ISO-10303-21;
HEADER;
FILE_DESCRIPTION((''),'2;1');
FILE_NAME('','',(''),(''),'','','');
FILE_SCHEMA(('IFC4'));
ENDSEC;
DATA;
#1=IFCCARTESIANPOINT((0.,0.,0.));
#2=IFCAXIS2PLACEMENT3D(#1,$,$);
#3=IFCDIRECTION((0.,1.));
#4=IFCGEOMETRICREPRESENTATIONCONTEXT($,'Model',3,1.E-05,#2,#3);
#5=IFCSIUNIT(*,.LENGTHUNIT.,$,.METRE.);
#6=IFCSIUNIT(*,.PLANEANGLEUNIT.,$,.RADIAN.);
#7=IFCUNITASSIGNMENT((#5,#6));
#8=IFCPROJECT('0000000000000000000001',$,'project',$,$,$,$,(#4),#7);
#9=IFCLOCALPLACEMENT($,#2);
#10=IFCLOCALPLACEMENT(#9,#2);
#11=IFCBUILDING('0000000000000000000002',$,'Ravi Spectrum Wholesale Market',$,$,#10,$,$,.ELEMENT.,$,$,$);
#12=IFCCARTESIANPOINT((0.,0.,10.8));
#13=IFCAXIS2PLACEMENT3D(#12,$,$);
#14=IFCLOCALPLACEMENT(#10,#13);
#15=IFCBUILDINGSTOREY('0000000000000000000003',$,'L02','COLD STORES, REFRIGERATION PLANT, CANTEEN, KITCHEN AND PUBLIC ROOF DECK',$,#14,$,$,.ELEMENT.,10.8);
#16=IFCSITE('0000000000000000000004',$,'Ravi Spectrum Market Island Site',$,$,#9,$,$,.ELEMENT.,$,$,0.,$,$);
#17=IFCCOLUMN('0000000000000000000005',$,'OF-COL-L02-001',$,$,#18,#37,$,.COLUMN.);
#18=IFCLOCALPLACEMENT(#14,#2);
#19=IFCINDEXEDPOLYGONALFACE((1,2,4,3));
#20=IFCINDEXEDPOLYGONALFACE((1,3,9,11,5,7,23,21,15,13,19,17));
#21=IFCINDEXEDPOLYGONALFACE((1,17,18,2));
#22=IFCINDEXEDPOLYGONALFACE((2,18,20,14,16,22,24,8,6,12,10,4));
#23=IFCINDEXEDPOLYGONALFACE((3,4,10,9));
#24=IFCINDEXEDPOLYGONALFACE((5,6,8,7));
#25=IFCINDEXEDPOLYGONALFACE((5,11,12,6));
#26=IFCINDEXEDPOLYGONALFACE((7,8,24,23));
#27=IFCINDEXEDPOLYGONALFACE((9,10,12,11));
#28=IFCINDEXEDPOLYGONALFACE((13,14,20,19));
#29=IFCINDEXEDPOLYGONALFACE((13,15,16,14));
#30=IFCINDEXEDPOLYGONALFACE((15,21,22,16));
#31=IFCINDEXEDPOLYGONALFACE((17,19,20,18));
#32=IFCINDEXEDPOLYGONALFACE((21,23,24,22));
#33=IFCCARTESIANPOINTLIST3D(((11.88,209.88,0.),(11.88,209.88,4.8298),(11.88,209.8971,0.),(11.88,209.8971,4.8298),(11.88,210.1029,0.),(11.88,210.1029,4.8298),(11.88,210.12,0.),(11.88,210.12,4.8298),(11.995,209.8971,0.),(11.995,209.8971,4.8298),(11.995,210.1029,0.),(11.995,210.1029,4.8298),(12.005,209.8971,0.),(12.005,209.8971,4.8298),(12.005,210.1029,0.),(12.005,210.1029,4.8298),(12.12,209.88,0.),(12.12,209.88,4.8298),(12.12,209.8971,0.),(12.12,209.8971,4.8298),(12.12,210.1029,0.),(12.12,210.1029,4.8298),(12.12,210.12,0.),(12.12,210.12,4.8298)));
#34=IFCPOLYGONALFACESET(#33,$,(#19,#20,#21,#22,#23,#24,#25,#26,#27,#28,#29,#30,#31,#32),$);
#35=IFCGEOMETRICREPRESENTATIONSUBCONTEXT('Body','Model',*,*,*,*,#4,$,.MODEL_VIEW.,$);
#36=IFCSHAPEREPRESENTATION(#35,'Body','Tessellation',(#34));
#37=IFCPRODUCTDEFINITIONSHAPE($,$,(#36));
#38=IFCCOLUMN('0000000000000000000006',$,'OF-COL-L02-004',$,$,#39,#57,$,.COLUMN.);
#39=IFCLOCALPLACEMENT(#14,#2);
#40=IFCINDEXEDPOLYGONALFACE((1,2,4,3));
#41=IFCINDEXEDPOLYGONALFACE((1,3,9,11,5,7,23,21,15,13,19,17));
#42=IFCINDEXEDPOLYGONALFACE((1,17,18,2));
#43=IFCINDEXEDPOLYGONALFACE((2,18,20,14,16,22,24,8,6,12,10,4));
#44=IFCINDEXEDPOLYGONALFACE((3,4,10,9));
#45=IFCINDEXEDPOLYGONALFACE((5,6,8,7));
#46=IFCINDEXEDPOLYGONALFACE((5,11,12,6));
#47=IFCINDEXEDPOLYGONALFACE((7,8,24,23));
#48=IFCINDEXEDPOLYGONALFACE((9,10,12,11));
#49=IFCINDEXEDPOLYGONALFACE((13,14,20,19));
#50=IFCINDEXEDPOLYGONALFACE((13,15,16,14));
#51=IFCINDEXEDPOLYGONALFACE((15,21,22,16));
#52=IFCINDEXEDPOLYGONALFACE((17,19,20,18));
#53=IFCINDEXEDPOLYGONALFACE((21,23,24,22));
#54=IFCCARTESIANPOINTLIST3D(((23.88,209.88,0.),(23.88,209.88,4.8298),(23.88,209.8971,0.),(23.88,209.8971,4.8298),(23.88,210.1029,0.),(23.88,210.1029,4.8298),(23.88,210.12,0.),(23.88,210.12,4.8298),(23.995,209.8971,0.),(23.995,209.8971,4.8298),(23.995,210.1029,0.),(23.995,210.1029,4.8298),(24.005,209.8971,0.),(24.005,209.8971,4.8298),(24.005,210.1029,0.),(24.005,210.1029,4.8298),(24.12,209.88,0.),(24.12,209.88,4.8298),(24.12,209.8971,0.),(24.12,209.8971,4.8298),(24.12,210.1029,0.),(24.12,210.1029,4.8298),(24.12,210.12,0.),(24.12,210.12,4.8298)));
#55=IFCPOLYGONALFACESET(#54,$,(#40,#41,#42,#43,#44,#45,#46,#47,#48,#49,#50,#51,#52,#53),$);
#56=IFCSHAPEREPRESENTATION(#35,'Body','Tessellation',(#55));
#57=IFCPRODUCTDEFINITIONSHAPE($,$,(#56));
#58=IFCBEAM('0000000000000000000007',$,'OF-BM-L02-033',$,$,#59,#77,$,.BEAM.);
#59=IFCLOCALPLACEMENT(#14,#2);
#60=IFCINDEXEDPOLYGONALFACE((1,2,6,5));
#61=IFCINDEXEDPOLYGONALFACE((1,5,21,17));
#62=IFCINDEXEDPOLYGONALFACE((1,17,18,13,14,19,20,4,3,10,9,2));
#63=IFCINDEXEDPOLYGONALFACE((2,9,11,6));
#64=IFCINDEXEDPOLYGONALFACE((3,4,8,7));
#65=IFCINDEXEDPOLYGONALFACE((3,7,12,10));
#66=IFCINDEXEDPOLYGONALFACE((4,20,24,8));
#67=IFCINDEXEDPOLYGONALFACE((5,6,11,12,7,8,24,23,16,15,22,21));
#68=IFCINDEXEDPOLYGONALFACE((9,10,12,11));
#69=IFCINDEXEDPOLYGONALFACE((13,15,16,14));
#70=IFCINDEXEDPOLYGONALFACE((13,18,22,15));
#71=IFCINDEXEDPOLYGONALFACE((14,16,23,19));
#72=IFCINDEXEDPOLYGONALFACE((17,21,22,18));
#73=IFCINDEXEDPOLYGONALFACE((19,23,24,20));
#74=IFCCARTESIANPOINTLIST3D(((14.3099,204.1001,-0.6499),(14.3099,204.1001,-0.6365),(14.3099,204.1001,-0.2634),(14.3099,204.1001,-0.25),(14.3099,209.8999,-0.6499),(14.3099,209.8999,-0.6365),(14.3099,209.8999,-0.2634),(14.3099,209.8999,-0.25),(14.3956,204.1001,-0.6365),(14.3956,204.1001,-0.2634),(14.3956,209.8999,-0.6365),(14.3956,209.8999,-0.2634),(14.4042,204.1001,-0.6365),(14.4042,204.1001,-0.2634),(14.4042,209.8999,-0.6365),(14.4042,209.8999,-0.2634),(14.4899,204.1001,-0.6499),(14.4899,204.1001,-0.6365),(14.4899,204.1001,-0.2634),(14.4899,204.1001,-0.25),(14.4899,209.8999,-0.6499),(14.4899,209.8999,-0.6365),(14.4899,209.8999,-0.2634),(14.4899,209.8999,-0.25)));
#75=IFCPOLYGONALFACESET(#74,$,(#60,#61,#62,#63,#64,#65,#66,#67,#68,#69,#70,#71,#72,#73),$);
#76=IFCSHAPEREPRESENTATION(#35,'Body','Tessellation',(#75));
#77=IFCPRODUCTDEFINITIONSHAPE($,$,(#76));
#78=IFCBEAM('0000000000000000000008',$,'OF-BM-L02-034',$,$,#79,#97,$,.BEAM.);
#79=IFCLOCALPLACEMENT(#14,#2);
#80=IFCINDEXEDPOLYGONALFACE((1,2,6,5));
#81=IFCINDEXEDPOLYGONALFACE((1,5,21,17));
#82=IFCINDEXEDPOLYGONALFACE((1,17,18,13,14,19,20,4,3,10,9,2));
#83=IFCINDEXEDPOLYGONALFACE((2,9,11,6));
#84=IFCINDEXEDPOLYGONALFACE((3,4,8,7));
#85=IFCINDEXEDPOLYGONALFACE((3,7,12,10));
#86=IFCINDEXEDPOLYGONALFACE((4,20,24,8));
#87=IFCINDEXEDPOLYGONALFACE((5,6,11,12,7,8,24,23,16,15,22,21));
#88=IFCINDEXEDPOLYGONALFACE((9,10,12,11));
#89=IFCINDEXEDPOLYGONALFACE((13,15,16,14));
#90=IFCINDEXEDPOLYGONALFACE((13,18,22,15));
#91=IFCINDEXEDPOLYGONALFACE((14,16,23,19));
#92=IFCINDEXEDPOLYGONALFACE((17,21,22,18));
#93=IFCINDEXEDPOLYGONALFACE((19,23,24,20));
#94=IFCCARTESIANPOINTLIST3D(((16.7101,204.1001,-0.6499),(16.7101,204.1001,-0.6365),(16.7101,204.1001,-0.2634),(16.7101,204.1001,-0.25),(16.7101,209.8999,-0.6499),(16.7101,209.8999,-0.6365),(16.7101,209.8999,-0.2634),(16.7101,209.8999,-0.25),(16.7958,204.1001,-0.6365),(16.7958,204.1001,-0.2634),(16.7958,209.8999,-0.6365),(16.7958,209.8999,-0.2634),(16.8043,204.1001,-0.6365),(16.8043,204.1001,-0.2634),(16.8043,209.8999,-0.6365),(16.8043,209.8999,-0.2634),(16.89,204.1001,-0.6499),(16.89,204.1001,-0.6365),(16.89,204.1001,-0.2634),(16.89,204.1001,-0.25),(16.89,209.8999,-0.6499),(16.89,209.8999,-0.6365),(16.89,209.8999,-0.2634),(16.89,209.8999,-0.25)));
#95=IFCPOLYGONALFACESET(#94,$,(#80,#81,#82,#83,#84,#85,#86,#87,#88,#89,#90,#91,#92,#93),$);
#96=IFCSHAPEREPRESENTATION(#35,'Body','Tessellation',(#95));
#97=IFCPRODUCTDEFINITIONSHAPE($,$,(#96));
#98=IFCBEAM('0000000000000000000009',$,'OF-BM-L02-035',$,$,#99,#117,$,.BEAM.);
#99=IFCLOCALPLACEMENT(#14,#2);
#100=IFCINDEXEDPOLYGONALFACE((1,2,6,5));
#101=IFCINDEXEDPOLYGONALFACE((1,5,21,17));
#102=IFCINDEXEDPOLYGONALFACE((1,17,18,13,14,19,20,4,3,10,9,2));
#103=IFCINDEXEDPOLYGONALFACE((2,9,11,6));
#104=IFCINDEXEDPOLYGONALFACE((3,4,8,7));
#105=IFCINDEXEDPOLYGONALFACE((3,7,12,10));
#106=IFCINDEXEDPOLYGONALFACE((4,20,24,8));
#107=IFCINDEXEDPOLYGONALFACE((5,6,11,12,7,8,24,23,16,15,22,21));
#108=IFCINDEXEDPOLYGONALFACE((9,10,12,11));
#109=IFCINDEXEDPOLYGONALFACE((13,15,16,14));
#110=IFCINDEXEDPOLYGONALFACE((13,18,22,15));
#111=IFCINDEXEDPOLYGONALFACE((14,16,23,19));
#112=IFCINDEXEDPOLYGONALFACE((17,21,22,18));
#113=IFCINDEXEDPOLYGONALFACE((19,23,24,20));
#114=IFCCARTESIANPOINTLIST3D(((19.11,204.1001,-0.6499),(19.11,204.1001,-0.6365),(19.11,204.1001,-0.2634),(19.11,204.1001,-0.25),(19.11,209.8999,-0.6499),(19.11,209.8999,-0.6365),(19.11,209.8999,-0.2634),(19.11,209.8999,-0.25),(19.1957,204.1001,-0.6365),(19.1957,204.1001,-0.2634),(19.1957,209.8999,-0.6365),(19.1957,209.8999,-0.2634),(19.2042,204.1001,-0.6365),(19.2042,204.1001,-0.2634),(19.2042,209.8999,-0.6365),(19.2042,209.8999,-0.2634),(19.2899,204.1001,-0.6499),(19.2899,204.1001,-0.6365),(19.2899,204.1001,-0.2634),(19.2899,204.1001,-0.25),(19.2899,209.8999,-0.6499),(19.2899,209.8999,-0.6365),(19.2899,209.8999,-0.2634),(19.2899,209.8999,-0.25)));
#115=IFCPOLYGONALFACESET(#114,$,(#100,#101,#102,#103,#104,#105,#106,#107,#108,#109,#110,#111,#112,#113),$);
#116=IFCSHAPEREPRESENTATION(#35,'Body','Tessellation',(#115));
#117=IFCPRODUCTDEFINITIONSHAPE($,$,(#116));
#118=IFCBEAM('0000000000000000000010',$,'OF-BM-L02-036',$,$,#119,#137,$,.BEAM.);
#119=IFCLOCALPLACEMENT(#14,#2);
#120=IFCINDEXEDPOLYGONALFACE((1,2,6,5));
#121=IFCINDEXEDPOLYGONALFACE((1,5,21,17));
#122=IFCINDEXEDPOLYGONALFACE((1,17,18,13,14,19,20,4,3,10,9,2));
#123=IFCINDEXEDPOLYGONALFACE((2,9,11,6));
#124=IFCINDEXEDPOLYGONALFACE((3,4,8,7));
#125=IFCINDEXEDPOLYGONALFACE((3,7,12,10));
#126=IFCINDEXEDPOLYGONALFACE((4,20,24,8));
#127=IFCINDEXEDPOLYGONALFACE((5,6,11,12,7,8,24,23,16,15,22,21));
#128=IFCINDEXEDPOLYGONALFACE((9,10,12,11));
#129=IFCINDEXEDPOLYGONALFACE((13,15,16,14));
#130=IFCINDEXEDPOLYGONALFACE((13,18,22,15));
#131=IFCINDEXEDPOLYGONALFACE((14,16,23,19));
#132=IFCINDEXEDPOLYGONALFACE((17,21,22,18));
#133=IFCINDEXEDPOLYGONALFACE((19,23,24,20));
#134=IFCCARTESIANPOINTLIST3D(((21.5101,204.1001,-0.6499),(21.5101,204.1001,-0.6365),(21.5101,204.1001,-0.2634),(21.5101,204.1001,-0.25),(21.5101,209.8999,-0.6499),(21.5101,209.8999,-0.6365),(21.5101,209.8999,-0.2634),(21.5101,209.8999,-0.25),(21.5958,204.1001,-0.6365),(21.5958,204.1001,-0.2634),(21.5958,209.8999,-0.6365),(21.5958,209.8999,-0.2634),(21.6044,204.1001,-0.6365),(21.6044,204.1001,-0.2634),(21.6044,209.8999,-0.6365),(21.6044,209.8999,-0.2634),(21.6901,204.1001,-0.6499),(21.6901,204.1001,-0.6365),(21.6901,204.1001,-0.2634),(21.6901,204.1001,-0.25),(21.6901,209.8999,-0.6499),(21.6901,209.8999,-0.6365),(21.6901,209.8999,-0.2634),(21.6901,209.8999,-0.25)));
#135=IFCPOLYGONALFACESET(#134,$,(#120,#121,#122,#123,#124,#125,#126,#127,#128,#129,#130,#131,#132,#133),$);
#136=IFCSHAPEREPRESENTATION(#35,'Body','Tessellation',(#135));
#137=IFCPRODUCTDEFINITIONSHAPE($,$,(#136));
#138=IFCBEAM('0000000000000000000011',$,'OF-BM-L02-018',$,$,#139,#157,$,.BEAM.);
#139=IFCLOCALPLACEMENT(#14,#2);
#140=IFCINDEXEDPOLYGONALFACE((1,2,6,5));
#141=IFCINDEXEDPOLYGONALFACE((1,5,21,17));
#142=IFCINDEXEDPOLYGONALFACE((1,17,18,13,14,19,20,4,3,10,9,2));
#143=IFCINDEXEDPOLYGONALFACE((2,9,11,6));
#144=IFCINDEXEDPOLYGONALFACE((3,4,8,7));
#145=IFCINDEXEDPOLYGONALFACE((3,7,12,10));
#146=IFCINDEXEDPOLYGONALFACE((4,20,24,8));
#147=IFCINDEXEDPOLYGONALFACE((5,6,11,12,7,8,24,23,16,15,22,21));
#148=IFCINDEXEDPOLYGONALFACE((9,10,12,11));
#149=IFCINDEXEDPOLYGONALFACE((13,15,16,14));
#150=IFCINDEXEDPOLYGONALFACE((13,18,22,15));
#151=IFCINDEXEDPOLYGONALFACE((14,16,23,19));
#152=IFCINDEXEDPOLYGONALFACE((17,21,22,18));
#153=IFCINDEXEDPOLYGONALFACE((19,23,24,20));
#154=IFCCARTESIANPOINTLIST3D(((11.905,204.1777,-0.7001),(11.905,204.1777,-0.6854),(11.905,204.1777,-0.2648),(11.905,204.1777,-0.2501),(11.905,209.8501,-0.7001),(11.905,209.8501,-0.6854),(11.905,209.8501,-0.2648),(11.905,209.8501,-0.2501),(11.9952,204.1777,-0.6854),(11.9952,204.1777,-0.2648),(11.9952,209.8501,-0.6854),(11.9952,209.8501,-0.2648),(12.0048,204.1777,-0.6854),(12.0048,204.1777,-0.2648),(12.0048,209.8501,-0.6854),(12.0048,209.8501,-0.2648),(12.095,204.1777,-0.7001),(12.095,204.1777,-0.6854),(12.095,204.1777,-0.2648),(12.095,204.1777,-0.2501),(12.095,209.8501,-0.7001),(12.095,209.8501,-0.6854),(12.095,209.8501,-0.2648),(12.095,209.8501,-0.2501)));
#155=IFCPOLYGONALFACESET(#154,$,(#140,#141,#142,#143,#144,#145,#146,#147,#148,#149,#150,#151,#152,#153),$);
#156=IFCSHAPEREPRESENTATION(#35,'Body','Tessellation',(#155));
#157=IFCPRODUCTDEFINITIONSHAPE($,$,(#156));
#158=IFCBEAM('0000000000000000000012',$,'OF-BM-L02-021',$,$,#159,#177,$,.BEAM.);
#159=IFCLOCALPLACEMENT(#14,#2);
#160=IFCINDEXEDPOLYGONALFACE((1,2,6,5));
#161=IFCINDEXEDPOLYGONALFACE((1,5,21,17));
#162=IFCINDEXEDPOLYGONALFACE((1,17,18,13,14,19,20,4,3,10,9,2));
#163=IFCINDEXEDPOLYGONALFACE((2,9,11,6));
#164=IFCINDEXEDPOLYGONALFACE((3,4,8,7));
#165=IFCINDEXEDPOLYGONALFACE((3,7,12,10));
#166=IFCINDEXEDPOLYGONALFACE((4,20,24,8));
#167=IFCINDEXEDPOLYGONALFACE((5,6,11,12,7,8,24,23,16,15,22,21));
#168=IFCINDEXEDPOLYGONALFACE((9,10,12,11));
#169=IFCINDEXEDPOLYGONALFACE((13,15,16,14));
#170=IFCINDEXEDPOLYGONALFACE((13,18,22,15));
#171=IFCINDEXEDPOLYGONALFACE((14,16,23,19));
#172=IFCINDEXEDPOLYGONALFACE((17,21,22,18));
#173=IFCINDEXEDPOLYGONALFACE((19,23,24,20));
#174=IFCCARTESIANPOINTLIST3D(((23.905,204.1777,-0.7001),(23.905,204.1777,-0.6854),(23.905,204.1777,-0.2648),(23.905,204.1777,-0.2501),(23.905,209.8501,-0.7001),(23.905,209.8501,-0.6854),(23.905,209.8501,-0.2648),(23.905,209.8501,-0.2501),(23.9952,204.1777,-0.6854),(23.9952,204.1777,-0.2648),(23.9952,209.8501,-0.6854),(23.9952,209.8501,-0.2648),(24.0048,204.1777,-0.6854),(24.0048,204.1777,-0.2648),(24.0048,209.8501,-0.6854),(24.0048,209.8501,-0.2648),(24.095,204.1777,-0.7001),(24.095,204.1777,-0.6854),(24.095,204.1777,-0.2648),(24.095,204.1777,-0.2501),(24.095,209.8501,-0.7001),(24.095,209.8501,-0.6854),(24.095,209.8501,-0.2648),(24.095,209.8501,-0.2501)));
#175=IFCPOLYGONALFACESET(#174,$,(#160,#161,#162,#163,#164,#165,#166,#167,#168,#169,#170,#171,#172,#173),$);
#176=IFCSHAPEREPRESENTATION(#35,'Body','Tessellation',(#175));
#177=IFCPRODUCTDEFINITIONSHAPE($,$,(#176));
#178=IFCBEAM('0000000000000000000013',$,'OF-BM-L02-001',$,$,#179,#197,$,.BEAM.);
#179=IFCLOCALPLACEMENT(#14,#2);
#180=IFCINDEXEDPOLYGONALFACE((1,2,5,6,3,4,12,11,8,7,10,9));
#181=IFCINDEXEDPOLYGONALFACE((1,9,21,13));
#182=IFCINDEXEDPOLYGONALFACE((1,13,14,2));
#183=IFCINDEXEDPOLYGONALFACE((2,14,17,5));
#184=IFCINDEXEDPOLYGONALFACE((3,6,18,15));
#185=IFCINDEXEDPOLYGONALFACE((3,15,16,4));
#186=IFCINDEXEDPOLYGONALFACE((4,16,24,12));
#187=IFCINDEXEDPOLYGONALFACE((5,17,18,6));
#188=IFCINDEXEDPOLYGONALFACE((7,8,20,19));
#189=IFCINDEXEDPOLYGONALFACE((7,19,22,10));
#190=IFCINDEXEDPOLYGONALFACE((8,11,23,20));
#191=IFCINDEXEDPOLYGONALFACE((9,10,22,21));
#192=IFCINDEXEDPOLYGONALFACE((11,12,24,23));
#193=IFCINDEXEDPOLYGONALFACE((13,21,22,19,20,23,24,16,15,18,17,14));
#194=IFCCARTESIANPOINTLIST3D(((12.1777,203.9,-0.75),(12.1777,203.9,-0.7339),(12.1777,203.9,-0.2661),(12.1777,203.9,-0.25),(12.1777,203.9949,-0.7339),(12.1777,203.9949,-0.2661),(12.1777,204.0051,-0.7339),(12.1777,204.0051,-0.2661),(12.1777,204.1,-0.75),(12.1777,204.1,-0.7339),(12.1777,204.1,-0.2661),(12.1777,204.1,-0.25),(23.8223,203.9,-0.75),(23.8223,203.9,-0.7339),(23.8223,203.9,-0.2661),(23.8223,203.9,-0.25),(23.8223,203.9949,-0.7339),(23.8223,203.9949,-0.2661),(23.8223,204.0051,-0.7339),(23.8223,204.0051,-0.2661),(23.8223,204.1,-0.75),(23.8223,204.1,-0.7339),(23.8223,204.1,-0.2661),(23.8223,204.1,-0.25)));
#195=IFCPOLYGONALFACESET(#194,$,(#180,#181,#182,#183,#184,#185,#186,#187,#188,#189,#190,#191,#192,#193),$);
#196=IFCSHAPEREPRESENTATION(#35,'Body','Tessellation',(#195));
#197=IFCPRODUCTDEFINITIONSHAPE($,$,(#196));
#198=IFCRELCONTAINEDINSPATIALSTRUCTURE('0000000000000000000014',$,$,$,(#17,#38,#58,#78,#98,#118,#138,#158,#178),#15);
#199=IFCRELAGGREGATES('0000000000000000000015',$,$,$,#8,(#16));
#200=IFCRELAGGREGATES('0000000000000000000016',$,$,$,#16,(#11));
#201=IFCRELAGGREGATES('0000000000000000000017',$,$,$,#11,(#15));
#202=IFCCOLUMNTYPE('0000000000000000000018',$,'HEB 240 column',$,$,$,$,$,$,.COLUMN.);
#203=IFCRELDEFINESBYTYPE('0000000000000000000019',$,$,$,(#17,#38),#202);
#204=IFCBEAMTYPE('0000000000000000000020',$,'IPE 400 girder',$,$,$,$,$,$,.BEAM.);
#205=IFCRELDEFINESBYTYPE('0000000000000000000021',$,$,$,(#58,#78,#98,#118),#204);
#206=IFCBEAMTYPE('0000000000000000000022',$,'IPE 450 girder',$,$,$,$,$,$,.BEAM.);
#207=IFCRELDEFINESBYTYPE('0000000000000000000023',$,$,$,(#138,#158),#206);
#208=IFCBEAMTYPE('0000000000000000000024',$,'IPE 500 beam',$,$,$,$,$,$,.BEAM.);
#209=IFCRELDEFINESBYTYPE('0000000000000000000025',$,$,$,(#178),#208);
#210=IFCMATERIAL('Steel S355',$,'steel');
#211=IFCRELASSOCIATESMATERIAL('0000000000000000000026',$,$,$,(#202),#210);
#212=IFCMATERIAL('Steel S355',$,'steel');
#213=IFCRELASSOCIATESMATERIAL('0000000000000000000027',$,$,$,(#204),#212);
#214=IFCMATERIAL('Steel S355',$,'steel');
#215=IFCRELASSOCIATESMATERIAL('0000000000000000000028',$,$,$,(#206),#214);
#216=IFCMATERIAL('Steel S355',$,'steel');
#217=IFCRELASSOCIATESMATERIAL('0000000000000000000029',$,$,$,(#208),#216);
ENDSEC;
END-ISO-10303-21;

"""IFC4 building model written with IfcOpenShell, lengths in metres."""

from ifc_helpers import new_model, si_unit, direction, frame, origin, origin_2d, place, context, subcontext, project, spatial, i_section, extrude, material, material_profile, profile_set, type_object, element, save


model = new_model("IFC4")

# Units and contexts
model_context = context("Model", 3, precision=1e-05, world=origin(), true_north=direction((0.0, 1.0)))
body_context = subcontext(model_context, "Body", "Model", "MODEL_VIEW")
ifc_project = project(units=[si_unit("LENGTHUNIT", "METRE"), si_unit("PLANEANGLEUNIT", "RADIAN")], contexts=[model_context])

# Site, building, storey
site_placement = place(None, origin())
site = spatial("IfcSite", under=ifc_project, at=site_placement, Name="Ravi Spectrum Market Island Site", CompositionType="ELEMENT", RefElevation=0.0)
building_placement = place(site_placement, origin())
building = spatial("IfcBuilding", under=site, at=building_placement, Name="Ravi Spectrum Wholesale Market", CompositionType="ELEMENT")
storey_placement = place(building_placement, frame((0.0, 0.0, 10.8)))
storey = spatial("IfcBuildingStorey", under=building, at=storey_placement, Name="L02", Description="COLD STORES, REFRIGERATION PLANT, CANTEEN, KITCHEN AND PUBLIC ROOF DECK", CompositionType="ELEMENT", Elevation=10.8)

# Columns
ifc_material_1 = material(Name="Steel S355", Category="steel")
ifc_material_profile_1 = material_profile(ifc_material_1, i_section(OverallWidth=0.24, OverallDepth=0.24, WebThickness=0.01, FlangeThickness=0.0171, at=origin_2d()))
ifc_profile_set_1 = profile_set([ifc_material_profile_1], Name="Steel S355")
column_type = type_object("IfcColumnType", Name="HEB 240 column", PredefinedType="COLUMN", material=ifc_profile_set_1)
for number, where, z_axis, x_axis, name in (
    (1, (12.0, 210.0, 0.0), (0.0, 0.0, 1.0), (1.0, 0.0, 0.0), "OF-COL-L02-001"),
    (2, (24.0, 210.0, 0.0), (0.0, 0.0, 1.0), (1.0, 0.0, 0.0), "OF-COL-L02-004"),
):
    element("IfcColumn", number, at=place(storey_placement, frame(where, z_axis=z_axis, x_axis=x_axis)), inside=storey, type_object=column_type, Name=name, PredefinedType="COLUMN", context=body_context, shape_type="SweptSolid", body=[
        extrude(i_section(OverallWidth=0.24, OverallDepth=0.24, WebThickness=0.01, FlangeThickness=0.0171, at=origin_2d()), origin(), (0.0, 0.0, 1.0), 4.8298),
    ])

# Beams
ifc_material_2 = material(Name="Steel S355", Category="steel")
ifc_material_profile_2 = material_profile(ifc_material_2, i_section(OverallWidth=0.1799, OverallDepth=0.3999, WebThickness=0.0085, FlangeThickness=0.0134, at=origin_2d()))
ifc_profile_set_2 = profile_set([ifc_material_profile_2], Name="Steel S355")
beam_type_1 = type_object("IfcBeamType", Name="IPE 400 girder", PredefinedType="BEAM", material=ifc_profile_set_2)
for number, where, z_axis, x_axis, name in (
    (3, (14.3999, 204.1001, -0.45), (0.0, 1.0, 0.0), (-1.0, 0.0, 0.0), "OF-BM-L02-033"),
    (4, (16.8, 204.1001, -0.45), (0.0, 1.0, 0.0), (-1.0, 0.0, 0.0), "OF-BM-L02-034"),
    (5, (19.2, 204.1001, -0.45), (0.0, 1.0, 0.0), (-1.0, 0.0, 0.0), "OF-BM-L02-035"),
    (6, (21.6001, 204.1001, -0.45), (0.0, 1.0, 0.0), (-1.0, 0.0, 0.0), "OF-BM-L02-036"),
):
    element("IfcBeam", number, at=place(storey_placement, frame(where, z_axis=z_axis, x_axis=x_axis)), inside=storey, type_object=beam_type_1, Name=name, PredefinedType="BEAM", context=body_context, shape_type="SweptSolid", body=[
        extrude(i_section(OverallWidth=0.1799, OverallDepth=0.3999, WebThickness=0.0085, FlangeThickness=0.0134, at=origin_2d()), origin(), (0.0, 0.0, 1.0), 5.7998),
    ])
ifc_material_3 = material(Name="Steel S355", Category="steel")
ifc_material_profile_3 = material_profile(ifc_material_3, i_section(OverallWidth=0.1899, OverallDepth=0.45, WebThickness=0.0095, FlangeThickness=0.0146, at=origin_2d()))
ifc_profile_set_3 = profile_set([ifc_material_profile_3], Name="Steel S355")
beam_type_2 = type_object("IfcBeamType", Name="IPE 450 girder", PredefinedType="BEAM", material=ifc_profile_set_3)
for number, where, z_axis, x_axis, name in (
    (7, (12.0, 204.1777, -0.4751), (0.0, 1.0, 0.0), (-1.0, 0.0, 0.0), "OF-BM-L02-018"),
    (8, (24.0, 204.1777, -0.4751), (0.0, 1.0, 0.0), (-1.0, 0.0, 0.0), "OF-BM-L02-021"),
):
    element("IfcBeam", number, at=place(storey_placement, frame(where, z_axis=z_axis, x_axis=x_axis)), inside=storey, type_object=beam_type_2, Name=name, PredefinedType="BEAM", context=body_context, shape_type="SweptSolid", body=[
        extrude(i_section(OverallWidth=0.1899, OverallDepth=0.45, WebThickness=0.0095, FlangeThickness=0.0146, at=origin_2d()), origin(), (0.0, 0.0, 1.0), 5.6724),
    ])
ifc_material_4 = material(Name="Steel S355", Category="steel")
ifc_material_profile_4 = material_profile(ifc_material_4, i_section(OverallWidth=0.2, OverallDepth=0.5, WebThickness=0.0103, FlangeThickness=0.0161, at=origin_2d()))
ifc_profile_set_4 = profile_set([ifc_material_profile_4], Name="Steel S355")
beam_type_3 = type_object("IfcBeamType", Name="IPE 500 beam", PredefinedType="BEAM", material=ifc_profile_set_4)
for number, where, z_axis, x_axis, name in (
    (9, (12.1777, 204.0, -0.5), (1.0, 0.0, 0.0), (0.0, 1.0, 0.0), "OF-BM-L02-001"),
):
    element("IfcBeam", number, at=place(storey_placement, frame(where, z_axis=z_axis, x_axis=x_axis)), inside=storey, type_object=beam_type_3, Name=name, PredefinedType="BEAM", context=body_context, shape_type="SweptSolid", body=[
        extrude(i_section(OverallWidth=0.2, OverallDepth=0.5, WebThickness=0.0103, FlangeThickness=0.0161, at=origin_2d()), origin(), (0.0, 0.0, 1.0), 11.6445),
    ])

save(model, "model.ifc")
